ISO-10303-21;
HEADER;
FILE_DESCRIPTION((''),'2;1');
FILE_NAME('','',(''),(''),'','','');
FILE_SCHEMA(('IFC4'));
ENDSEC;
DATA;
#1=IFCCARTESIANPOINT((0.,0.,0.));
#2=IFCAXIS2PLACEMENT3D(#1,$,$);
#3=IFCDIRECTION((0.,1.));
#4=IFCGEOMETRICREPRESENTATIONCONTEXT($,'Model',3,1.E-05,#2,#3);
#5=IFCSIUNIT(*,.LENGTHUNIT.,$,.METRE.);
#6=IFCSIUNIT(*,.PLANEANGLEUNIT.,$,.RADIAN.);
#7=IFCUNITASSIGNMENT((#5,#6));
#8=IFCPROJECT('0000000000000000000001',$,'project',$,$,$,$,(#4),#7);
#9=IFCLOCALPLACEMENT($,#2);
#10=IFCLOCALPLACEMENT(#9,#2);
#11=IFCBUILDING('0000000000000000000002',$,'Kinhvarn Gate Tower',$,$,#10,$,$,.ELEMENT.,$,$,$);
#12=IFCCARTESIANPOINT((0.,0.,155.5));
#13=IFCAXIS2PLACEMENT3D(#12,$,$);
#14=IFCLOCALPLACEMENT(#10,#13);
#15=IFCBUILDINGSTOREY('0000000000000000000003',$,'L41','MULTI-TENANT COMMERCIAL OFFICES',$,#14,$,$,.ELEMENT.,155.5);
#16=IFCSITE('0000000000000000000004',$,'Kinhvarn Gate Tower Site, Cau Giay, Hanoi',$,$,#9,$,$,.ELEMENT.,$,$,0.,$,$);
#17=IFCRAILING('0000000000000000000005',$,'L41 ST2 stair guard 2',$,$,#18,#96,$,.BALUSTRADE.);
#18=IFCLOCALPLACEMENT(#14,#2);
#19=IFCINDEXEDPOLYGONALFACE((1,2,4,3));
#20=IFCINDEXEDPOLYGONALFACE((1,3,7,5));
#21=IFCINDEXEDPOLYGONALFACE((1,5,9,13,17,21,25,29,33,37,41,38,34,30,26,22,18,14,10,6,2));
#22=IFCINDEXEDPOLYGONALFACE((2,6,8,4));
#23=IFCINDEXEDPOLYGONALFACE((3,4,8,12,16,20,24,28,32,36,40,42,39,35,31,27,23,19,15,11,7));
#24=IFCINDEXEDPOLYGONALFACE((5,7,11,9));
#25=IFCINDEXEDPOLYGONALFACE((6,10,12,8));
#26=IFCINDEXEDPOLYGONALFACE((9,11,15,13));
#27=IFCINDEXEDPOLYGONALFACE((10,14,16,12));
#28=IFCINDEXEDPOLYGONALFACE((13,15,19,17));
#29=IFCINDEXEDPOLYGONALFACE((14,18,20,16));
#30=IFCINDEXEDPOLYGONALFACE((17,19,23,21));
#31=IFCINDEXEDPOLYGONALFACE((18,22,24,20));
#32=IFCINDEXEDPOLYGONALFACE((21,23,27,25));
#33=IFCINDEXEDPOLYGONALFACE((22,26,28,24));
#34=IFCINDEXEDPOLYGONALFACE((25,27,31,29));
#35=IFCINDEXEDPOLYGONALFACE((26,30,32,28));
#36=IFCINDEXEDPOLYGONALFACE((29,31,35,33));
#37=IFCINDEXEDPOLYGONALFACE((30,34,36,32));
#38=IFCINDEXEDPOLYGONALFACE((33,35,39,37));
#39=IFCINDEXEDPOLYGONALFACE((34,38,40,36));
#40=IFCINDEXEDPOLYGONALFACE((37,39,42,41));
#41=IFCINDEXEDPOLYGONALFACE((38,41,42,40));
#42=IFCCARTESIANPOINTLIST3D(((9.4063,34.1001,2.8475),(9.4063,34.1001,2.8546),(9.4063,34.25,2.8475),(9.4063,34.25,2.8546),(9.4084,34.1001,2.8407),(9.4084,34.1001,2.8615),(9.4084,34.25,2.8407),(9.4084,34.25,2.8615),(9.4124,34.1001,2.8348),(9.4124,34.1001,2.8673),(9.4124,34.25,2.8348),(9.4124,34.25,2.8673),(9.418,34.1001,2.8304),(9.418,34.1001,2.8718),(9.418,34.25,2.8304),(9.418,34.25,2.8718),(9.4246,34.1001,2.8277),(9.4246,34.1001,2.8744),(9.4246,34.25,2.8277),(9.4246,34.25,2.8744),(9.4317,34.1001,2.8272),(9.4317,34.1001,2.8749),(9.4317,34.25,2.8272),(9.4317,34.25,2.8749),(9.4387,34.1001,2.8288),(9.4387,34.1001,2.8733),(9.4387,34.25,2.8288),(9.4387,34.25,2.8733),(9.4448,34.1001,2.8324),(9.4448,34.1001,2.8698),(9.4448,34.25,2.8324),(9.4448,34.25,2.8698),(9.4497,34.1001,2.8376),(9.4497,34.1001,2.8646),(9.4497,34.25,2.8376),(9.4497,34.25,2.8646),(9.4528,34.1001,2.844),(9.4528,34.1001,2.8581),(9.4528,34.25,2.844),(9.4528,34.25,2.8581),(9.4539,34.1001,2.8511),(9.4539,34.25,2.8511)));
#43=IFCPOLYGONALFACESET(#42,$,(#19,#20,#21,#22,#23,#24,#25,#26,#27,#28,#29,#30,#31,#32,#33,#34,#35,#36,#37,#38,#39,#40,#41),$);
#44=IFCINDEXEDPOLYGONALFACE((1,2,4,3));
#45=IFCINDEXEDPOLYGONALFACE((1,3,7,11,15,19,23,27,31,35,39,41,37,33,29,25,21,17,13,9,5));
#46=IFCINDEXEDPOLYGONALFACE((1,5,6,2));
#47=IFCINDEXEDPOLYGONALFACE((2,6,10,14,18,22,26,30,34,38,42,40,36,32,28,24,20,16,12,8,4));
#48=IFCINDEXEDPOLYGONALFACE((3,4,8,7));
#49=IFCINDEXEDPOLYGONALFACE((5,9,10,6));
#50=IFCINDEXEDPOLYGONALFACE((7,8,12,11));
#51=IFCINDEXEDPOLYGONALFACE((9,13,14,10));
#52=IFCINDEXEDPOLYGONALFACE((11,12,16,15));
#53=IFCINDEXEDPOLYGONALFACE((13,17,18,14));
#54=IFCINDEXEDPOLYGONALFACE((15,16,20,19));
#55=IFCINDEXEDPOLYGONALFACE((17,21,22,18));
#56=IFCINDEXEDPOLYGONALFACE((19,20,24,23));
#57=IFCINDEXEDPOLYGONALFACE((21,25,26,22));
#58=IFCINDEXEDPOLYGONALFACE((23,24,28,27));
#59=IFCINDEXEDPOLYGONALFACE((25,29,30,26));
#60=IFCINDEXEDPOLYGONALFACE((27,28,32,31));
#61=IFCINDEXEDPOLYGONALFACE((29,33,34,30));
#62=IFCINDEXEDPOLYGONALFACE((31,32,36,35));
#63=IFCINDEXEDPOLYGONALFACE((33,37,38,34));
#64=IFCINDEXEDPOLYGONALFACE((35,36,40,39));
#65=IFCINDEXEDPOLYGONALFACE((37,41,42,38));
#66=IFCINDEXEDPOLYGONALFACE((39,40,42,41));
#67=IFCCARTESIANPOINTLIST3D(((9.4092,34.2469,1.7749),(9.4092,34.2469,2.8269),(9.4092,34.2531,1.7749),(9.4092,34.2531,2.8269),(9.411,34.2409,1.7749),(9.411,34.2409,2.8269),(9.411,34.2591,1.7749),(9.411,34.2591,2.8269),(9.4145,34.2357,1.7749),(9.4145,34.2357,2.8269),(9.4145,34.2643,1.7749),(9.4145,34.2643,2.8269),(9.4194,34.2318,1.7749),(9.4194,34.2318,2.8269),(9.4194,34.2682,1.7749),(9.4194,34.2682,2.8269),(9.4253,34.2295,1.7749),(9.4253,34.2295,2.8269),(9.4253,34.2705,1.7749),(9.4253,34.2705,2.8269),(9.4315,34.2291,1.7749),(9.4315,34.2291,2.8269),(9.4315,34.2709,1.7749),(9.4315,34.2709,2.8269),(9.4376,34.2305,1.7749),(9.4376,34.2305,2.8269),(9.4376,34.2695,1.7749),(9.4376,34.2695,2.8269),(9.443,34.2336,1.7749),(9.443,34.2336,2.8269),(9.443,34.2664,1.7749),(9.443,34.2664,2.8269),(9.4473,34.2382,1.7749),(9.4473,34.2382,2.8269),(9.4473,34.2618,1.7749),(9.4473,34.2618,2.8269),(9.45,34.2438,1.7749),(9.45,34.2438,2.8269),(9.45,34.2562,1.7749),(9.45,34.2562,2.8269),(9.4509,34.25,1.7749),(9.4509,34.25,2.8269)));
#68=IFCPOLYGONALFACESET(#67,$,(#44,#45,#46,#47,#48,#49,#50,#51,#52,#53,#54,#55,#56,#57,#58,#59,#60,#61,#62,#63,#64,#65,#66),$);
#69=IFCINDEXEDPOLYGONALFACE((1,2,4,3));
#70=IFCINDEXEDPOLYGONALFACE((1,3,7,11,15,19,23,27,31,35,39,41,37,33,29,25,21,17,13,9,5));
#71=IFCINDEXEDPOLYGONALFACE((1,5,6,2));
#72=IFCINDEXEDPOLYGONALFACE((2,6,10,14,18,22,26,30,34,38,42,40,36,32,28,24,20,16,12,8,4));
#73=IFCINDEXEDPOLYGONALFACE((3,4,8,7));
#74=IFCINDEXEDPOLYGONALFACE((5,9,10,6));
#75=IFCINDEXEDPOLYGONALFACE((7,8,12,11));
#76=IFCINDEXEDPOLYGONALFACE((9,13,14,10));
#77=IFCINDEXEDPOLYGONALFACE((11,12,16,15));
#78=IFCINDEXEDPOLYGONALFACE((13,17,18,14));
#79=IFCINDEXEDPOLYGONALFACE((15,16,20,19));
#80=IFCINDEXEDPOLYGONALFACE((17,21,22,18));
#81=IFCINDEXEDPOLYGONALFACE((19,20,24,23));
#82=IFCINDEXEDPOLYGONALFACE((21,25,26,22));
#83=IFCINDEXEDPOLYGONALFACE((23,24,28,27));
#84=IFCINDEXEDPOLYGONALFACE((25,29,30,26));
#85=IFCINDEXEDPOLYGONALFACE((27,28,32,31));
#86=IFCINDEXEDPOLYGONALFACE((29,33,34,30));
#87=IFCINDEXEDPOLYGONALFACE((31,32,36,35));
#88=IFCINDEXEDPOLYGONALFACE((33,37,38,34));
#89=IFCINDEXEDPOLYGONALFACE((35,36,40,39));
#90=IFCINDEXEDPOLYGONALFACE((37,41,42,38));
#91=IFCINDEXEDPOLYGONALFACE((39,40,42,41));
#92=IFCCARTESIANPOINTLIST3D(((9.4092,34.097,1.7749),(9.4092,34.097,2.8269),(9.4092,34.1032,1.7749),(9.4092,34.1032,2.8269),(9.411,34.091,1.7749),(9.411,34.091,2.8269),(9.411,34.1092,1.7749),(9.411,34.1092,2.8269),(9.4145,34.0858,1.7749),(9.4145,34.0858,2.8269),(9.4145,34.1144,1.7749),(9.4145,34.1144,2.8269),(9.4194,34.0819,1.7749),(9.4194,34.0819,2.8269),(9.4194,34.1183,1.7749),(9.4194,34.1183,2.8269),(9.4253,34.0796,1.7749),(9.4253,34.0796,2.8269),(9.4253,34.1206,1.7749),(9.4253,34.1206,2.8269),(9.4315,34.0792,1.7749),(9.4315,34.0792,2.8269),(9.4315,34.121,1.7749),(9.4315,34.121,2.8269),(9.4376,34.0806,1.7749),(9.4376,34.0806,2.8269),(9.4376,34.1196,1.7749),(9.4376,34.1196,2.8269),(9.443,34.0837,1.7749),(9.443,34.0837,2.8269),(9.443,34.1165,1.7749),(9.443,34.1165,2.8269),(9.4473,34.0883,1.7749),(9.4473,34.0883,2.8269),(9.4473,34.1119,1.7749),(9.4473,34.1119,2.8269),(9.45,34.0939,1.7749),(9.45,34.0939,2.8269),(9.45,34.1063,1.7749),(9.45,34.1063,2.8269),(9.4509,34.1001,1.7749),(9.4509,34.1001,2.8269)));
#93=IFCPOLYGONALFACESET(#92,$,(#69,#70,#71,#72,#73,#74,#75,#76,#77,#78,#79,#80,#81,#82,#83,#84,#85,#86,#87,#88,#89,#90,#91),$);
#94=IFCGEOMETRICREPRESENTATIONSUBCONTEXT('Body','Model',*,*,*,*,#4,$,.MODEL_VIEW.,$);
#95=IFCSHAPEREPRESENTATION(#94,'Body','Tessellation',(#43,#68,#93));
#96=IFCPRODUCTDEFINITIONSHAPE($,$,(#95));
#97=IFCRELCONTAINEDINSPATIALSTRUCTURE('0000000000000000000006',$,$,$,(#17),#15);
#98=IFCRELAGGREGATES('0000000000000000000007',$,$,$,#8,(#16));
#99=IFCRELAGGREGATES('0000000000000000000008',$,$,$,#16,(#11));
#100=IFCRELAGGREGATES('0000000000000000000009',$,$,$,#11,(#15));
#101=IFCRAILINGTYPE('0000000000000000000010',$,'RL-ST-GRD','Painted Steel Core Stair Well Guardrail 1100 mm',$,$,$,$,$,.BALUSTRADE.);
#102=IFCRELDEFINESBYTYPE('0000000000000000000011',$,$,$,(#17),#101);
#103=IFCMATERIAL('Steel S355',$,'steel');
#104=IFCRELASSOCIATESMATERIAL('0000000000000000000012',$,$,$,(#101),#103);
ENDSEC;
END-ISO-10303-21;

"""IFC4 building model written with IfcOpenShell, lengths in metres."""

from ifc_helpers import new_model, si_unit, direction, frame, origin, origin_2d, place, context, subcontext, project, spatial, circle, extrude, material, type_object, element, save


model = new_model("IFC4")

# Units and contexts
model_context = context("Model", 3, precision=1e-05, world=origin(), true_north=direction((0.0, 1.0)))
body_context = subcontext(model_context, "Body", "Model", "MODEL_VIEW")
ifc_project = project(units=[si_unit("LENGTHUNIT", "METRE"), si_unit("PLANEANGLEUNIT", "RADIAN")], contexts=[model_context])

# Site, building, storey
site_placement = place(None, origin())
site = spatial("IfcSite", under=ifc_project, at=site_placement, Name="Kinhvarn Gate Tower Site, Cau Giay, Hanoi", CompositionType="ELEMENT", RefElevation=0.0)
building_placement = place(site_placement, origin())
building = spatial("IfcBuilding", under=site, at=building_placement, Name="Kinhvarn Gate Tower", CompositionType="ELEMENT")
storey_placement = place(building_placement, frame((0.0, 0.0, 155.5)))
storey = spatial("IfcBuildingStorey", under=building, at=storey_placement, Name="L41", Description="MULTI-TENANT COMMERCIAL OFFICES", CompositionType="ELEMENT", Elevation=155.5)

# Shared definitions
ifc_material_1 = material(Name="Steel S355", Category="steel")

# Railing
railing_type_1 = type_object("IfcRailingType", Name="RL-ST-GRD", Description="Painted Steel Core Stair Well Guardrail 1100 mm", PredefinedType="BALUSTRADE", material=ifc_material_1)
railing_1_placement = place(storey_placement, frame((9.4299, 34.25, 1.7749)))
element("IfcRailing", 1, at=railing_1_placement, inside=storey, type_object=railing_type_1, Name="L41 ST2 stair guard 2", PredefinedType="BALUSTRADE", context=body_context, shape_type="SweptSolid", body=[
    extrude(circle(Radius=0.0239, at=origin_2d()), frame((0.0, 0.0, 1.0762), z_axis=(0.0, -1.0, 0.0), x_axis=(1.0, 0.0, 0.0)), (0.0, 0.0, 1.0), 0.1499),
    extrude(circle(Radius=0.021, at=origin_2d()), origin(), (0.0, 0.0, 1.0), 1.052),
    extrude(circle(Radius=0.021, at=origin_2d()), frame((0.0, -0.1499, 0.0)), (0.0, 0.0, 1.0), 1.052),
])

save(model, "model.ifc")
